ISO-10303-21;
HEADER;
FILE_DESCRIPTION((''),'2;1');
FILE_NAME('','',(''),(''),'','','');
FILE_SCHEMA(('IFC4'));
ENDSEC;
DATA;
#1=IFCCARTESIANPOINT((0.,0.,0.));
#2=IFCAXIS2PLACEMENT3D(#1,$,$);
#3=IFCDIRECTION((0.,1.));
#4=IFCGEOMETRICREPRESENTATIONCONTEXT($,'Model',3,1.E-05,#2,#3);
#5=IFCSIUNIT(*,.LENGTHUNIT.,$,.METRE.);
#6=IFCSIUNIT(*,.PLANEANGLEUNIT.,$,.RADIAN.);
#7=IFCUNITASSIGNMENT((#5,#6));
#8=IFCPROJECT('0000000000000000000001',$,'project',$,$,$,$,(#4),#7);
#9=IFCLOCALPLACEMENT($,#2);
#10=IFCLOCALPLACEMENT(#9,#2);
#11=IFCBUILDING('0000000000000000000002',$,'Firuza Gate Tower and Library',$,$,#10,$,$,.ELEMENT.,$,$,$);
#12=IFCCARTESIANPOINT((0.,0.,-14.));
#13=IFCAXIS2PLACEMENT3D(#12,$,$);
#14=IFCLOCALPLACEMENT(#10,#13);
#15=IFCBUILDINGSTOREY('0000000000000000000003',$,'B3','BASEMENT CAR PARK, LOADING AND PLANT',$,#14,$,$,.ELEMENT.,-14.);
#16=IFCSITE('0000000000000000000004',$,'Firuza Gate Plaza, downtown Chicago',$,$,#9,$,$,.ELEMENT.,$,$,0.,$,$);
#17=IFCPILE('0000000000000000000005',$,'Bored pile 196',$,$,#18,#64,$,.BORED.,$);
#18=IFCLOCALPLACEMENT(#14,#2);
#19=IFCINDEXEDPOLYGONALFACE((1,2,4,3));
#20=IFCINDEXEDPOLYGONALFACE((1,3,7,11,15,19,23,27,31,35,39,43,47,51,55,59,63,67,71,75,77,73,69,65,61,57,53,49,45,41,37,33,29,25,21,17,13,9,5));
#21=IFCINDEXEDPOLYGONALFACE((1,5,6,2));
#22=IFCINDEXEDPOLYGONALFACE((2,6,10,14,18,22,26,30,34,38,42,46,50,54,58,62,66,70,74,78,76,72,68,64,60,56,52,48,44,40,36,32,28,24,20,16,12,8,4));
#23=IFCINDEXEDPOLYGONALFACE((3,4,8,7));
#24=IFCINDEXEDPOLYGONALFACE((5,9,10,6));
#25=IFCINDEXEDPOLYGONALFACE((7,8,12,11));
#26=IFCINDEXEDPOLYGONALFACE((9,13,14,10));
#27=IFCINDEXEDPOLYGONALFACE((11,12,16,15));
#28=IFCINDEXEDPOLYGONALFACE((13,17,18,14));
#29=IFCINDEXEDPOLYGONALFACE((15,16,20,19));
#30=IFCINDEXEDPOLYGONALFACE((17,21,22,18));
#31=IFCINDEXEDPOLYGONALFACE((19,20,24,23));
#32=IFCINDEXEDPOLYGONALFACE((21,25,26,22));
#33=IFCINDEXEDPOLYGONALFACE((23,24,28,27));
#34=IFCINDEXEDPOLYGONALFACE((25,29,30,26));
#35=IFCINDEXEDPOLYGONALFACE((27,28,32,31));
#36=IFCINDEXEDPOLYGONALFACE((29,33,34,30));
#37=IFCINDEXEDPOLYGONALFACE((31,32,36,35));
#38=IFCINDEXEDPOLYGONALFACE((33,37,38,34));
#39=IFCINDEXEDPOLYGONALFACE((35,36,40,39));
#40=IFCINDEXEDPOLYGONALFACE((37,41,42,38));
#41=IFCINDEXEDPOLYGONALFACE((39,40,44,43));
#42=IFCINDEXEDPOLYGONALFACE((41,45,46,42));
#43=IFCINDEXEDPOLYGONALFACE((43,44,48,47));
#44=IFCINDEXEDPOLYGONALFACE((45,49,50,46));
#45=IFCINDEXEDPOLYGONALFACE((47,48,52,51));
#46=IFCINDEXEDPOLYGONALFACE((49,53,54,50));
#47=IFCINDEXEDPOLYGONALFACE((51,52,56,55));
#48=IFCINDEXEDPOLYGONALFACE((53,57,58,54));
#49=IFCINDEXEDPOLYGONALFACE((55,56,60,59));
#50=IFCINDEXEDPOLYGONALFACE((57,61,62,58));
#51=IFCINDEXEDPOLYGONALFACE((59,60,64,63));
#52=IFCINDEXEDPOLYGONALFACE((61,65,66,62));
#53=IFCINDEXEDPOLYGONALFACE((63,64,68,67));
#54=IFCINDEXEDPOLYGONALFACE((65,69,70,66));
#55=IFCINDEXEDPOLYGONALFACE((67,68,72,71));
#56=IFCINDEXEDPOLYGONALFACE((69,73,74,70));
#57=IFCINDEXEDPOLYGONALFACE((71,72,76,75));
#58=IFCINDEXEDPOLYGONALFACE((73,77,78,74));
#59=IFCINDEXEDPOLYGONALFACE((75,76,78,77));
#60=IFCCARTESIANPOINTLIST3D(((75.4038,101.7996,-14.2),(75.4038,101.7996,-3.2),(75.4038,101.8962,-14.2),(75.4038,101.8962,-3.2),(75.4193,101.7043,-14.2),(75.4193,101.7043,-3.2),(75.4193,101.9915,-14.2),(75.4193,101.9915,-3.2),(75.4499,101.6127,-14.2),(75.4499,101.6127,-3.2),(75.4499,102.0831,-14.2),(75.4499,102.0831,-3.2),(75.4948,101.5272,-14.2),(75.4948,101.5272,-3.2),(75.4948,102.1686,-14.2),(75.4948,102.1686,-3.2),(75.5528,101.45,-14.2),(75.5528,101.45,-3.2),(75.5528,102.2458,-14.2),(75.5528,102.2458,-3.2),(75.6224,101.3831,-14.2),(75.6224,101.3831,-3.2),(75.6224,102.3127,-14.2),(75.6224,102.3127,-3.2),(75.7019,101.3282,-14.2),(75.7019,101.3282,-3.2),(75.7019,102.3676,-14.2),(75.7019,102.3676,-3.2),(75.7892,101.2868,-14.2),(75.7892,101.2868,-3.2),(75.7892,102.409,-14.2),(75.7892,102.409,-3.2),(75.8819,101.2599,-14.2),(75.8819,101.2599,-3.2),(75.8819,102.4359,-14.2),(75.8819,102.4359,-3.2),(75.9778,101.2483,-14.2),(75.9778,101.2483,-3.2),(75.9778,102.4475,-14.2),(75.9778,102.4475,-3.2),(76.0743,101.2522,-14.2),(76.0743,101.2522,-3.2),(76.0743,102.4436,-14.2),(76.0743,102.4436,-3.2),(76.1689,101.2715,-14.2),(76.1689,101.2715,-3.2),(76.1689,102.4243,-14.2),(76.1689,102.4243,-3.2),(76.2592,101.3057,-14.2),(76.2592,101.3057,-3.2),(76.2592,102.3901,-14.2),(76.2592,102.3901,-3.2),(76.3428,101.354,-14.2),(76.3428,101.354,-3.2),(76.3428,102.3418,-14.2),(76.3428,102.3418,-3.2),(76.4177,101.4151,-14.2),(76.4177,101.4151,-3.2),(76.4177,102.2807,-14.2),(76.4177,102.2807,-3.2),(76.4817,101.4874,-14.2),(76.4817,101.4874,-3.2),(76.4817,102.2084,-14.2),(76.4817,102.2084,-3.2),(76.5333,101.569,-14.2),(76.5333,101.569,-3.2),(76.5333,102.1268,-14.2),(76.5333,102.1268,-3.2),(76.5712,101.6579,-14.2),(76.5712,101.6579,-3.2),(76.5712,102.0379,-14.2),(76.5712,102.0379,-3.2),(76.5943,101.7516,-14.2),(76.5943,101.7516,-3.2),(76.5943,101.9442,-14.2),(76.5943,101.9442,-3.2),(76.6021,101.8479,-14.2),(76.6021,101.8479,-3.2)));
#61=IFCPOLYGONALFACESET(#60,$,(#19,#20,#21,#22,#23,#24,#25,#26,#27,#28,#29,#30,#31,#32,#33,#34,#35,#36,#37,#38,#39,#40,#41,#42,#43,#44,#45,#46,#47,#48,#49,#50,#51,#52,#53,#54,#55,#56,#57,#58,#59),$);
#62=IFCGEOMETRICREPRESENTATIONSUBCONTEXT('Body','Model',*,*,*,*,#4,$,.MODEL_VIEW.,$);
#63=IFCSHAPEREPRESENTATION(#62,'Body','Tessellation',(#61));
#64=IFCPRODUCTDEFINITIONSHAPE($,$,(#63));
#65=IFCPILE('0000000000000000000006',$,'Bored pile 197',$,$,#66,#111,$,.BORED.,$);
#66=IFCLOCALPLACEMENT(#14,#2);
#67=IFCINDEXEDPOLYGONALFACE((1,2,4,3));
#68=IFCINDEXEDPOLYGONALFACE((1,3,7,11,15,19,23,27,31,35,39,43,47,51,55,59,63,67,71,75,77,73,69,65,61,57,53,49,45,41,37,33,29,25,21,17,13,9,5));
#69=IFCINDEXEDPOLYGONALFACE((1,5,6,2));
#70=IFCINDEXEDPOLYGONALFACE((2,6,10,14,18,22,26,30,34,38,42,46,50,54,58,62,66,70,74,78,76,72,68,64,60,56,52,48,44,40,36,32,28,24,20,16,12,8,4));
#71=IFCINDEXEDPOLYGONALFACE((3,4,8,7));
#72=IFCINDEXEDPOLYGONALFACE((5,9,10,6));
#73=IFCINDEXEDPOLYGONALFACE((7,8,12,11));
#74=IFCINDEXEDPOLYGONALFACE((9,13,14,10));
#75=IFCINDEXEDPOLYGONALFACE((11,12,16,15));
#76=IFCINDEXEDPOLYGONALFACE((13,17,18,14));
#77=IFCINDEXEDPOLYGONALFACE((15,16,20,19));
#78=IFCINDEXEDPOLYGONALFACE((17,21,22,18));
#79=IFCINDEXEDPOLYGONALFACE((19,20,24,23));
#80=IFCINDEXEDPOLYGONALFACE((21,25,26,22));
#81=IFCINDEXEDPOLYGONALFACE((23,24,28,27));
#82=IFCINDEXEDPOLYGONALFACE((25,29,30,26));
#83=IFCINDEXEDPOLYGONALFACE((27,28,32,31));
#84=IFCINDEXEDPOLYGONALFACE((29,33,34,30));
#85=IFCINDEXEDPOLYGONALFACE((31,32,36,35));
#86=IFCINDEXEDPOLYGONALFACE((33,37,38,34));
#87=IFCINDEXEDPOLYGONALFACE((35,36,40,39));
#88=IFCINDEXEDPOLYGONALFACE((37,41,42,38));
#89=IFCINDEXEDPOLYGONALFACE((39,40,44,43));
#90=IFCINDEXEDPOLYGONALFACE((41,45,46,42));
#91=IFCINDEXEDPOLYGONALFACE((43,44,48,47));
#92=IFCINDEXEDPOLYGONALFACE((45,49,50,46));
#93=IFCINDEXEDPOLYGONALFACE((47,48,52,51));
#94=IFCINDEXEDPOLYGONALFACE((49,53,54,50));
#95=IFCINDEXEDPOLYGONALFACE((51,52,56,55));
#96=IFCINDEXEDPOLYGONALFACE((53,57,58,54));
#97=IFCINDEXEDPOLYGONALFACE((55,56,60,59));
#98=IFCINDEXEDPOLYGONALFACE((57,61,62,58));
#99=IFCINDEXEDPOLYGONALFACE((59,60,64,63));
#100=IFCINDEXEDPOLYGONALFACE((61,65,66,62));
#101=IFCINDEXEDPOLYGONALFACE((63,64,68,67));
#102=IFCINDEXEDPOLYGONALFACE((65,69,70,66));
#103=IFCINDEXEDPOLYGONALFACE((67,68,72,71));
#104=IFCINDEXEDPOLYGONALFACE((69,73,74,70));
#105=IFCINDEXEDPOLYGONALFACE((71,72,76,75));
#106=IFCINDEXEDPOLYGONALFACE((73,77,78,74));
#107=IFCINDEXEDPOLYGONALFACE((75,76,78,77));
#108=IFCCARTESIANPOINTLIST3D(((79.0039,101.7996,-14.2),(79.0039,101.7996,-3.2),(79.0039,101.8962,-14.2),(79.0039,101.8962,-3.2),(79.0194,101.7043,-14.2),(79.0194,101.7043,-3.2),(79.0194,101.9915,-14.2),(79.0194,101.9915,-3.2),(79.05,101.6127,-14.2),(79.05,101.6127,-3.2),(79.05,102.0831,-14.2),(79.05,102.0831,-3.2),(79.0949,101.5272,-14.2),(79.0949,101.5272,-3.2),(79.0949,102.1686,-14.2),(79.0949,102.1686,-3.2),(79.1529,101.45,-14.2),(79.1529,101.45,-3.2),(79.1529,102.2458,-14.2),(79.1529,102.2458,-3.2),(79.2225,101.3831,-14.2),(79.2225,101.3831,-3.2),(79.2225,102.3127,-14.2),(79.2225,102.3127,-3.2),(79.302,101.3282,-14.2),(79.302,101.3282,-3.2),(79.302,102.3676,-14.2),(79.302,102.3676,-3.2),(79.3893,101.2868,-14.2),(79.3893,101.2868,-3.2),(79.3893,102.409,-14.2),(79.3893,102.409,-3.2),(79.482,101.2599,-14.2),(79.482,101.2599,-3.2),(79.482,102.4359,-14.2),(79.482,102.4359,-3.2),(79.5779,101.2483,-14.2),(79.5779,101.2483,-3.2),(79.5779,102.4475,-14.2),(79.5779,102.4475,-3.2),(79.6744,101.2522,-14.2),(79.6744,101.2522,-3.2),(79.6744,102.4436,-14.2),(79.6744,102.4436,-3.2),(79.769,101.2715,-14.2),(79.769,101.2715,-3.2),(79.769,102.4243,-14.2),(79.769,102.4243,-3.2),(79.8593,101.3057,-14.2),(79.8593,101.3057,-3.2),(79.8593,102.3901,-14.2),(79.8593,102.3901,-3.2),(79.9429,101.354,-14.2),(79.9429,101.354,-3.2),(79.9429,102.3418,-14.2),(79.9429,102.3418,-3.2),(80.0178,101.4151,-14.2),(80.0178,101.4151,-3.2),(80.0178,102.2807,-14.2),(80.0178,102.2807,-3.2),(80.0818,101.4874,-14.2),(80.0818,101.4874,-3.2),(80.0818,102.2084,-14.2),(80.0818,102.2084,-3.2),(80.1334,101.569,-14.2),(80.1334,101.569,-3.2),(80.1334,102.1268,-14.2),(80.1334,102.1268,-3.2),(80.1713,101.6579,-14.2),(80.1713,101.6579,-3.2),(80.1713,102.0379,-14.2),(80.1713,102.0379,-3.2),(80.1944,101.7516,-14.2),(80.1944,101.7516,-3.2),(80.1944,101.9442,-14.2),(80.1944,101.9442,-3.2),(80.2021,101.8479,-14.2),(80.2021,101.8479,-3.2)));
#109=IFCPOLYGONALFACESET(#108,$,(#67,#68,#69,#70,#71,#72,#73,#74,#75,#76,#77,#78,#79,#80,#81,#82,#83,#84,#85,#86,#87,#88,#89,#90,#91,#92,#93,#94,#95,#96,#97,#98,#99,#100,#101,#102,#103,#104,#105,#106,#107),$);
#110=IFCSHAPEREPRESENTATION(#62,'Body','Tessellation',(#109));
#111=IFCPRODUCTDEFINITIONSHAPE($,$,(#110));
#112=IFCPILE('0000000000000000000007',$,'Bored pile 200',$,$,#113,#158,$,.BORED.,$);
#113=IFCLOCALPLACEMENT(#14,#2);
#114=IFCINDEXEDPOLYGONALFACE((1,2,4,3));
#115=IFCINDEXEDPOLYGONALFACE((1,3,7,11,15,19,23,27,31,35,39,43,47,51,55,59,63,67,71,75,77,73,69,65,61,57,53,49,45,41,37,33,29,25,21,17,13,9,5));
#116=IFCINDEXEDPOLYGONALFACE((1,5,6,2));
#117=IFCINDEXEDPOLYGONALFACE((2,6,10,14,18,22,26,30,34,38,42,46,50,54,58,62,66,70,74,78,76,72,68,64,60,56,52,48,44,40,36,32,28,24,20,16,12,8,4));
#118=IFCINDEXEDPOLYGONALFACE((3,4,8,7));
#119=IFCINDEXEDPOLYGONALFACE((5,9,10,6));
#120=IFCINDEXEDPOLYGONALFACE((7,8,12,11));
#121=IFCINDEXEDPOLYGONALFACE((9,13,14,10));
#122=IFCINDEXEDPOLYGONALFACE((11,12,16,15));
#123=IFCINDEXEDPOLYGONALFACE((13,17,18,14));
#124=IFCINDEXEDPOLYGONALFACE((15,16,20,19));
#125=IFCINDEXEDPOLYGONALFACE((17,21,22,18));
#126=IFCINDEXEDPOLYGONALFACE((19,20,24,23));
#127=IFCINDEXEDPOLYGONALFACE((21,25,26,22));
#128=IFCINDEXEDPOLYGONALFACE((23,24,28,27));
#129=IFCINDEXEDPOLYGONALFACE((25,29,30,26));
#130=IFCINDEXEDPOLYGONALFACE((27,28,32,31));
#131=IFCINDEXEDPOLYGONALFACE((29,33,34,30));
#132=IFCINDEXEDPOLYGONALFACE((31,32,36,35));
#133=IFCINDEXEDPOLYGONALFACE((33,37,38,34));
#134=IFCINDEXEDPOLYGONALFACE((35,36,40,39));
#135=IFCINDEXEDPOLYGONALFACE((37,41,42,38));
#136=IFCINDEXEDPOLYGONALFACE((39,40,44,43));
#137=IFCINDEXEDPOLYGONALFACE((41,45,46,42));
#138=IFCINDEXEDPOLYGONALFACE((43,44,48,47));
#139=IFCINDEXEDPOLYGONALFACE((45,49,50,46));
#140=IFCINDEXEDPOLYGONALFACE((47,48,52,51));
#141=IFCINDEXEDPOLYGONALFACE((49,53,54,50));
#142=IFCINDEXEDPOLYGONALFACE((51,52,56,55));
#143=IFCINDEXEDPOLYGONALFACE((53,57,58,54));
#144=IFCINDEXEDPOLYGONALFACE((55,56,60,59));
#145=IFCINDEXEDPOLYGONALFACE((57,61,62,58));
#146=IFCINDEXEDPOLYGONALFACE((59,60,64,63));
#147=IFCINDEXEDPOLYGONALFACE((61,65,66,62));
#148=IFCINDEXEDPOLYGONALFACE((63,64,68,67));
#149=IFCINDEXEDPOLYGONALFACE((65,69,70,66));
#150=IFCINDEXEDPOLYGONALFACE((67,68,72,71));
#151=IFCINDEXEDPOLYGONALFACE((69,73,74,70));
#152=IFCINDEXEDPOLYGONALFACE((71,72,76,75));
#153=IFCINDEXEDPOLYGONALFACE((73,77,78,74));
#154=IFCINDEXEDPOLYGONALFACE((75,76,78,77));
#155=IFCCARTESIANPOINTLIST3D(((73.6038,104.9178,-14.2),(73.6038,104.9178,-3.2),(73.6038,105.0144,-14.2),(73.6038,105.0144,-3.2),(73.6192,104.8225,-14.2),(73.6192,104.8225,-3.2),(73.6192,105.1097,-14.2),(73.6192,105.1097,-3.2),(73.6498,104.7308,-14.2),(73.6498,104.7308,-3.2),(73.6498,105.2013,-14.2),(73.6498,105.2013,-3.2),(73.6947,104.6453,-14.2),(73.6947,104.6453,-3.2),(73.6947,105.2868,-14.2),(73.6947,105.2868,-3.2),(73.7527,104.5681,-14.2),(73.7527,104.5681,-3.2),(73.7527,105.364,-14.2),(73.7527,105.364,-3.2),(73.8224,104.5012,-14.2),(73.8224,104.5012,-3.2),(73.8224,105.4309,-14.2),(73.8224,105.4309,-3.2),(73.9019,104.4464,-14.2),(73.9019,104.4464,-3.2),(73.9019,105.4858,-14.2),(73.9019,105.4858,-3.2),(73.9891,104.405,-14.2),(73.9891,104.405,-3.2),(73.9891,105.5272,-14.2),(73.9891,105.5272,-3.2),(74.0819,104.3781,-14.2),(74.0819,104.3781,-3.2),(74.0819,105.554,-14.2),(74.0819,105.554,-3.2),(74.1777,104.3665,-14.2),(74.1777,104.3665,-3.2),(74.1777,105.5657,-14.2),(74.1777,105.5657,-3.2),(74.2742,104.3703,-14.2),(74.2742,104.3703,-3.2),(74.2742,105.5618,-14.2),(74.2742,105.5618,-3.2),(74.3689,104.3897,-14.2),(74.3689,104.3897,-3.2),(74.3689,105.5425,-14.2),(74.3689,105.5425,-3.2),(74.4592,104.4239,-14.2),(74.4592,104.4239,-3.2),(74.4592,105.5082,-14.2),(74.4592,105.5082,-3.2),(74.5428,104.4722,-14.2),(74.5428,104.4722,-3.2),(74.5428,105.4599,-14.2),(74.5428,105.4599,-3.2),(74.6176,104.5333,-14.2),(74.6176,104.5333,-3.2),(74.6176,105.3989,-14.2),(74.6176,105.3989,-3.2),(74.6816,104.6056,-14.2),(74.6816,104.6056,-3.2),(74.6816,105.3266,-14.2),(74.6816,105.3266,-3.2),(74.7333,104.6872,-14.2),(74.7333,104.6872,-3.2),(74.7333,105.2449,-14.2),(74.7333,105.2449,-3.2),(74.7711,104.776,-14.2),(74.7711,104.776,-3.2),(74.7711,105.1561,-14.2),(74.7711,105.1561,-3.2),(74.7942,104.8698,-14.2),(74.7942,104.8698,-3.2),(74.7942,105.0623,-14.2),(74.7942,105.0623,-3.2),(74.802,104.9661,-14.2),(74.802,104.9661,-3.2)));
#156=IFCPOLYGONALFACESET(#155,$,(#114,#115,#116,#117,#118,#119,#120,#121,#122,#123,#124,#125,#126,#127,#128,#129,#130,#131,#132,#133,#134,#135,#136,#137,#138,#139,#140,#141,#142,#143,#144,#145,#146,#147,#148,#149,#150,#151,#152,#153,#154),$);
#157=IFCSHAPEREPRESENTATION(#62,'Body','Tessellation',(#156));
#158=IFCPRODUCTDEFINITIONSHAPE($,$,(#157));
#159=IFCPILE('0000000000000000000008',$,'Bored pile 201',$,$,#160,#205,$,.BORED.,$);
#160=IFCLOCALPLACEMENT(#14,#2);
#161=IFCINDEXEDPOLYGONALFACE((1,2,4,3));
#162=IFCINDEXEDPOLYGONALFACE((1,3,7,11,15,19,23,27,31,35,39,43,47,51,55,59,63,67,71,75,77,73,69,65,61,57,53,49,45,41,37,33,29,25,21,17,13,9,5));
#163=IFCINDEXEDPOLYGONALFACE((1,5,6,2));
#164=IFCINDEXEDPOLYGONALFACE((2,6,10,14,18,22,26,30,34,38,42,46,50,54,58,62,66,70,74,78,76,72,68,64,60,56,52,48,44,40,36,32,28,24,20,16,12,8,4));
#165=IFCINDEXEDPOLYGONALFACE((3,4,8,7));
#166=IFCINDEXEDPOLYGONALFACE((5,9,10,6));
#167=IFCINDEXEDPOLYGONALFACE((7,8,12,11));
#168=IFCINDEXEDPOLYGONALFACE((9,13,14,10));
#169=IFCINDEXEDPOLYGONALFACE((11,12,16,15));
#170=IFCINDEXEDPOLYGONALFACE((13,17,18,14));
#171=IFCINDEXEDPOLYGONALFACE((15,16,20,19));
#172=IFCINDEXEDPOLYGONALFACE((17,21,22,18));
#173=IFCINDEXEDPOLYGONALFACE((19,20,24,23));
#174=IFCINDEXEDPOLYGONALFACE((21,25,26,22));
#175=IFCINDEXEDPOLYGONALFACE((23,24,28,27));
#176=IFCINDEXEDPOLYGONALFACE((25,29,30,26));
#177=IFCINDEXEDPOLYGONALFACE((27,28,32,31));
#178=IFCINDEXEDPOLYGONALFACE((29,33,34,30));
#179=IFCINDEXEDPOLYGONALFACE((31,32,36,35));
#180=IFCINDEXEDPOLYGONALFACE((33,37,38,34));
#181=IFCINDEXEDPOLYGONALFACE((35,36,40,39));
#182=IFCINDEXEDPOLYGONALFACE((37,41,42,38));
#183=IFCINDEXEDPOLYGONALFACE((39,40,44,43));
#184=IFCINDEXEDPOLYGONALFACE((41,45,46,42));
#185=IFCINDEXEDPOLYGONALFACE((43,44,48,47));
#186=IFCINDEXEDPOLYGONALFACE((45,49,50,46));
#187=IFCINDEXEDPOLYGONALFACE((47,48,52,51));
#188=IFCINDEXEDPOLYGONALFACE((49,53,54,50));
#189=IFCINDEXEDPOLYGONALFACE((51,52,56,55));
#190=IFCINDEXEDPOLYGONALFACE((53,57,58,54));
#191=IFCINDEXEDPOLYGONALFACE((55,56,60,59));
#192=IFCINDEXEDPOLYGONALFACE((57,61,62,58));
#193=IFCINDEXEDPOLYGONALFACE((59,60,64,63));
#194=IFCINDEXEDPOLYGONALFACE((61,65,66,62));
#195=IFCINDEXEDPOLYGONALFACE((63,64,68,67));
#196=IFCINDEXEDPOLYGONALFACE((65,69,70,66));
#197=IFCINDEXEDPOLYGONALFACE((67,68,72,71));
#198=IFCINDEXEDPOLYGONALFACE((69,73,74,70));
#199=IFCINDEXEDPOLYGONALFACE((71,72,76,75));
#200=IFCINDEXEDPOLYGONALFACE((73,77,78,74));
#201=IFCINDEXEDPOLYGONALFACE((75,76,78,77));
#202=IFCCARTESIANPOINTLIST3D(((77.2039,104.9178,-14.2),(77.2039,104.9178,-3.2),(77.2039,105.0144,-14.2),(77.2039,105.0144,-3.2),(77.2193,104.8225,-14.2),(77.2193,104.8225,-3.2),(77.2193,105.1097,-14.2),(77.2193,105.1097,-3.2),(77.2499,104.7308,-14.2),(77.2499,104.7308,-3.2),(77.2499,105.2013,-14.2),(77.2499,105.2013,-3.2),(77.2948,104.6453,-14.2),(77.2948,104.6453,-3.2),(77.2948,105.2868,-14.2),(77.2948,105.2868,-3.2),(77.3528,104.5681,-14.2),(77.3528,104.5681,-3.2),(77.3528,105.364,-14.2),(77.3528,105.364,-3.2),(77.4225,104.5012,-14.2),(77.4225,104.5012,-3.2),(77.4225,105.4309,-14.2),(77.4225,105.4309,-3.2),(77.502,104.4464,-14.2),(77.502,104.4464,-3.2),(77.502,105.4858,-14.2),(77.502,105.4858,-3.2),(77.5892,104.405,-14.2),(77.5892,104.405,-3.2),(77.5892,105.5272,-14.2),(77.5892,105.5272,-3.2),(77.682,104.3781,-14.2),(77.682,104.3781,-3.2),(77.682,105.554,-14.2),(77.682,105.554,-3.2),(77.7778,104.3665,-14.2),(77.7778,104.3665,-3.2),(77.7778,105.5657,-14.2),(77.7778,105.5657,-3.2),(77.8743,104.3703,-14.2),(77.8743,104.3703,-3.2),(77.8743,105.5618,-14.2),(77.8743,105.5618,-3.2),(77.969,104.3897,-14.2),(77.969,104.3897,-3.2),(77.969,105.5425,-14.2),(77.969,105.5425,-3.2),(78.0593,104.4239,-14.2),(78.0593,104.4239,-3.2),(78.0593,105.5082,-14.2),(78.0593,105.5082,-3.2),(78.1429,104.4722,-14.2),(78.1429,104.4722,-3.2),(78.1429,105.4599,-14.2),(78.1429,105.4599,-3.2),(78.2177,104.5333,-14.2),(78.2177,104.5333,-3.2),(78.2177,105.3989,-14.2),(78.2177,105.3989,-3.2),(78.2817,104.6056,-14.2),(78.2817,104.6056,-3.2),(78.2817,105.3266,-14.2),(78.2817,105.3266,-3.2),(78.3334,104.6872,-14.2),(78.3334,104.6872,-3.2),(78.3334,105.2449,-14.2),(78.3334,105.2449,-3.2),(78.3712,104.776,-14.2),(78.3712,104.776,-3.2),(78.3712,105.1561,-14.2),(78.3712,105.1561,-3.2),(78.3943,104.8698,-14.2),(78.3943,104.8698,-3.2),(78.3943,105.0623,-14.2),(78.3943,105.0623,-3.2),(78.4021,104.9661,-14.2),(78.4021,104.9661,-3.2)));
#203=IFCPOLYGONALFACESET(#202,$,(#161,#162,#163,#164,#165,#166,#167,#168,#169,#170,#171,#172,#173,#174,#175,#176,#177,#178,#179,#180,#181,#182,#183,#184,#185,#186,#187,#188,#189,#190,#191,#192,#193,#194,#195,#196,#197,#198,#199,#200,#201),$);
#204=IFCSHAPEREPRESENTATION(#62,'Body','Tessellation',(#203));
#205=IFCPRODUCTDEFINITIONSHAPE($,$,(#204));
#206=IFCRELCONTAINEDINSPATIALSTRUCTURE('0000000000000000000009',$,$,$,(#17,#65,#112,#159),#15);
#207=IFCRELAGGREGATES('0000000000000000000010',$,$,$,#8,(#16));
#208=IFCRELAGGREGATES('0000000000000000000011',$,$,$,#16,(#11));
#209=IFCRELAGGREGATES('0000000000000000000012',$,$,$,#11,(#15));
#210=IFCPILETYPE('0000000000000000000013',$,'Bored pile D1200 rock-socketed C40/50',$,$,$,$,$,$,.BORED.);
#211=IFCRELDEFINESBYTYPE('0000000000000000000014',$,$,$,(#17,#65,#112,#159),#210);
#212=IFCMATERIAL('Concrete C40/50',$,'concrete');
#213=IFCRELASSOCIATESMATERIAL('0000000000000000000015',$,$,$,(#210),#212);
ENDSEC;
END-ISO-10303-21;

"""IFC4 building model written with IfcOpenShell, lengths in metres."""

from ifc_helpers import new_model, si_unit, direction, frame, origin, origin_2d, place, context, subcontext, project, spatial, circle, extrude, material, material_profile, profile_set, type_object, element, save


model = new_model("IFC4")

# Units and contexts
model_context = context("Model", 3, precision=1e-05, world=origin(), true_north=direction((0.0, 1.0)))
body_context = subcontext(model_context, "Body", "Model", "MODEL_VIEW")
ifc_project = project(units=[si_unit("LENGTHUNIT", "METRE"), si_unit("PLANEANGLEUNIT", "RADIAN")], contexts=[model_context])

# Site, building, storey
site_placement = place(None, origin())
site = spatial("IfcSite", under=ifc_project, at=site_placement, Name="Firuza Gate Plaza, downtown Chicago", CompositionType="ELEMENT", RefElevation=0.0)
building_placement = place(site_placement, origin())
building = spatial("IfcBuilding", under=site, at=building_placement, Name="Firuza Gate Tower and Library", CompositionType="ELEMENT")
storey_placement = place(building_placement, frame((0.0, 0.0, -14.0)))
storey = spatial("IfcBuildingStorey", under=building, at=storey_placement, Name="B3", Description="BASEMENT CAR PARK, LOADING AND PLANT", CompositionType="ELEMENT", Elevation=-14.0)

# Piles
ifc_material_1 = material(Name="Concrete C40/50", Category="concrete")
ifc_material_profile_1 = material_profile(ifc_material_1, circle(Radius=0.6001, at=origin_2d()))
ifc_profile_set_1 = profile_set([ifc_material_profile_1], Name="Concrete C40/50")
pile_type = type_object("IfcPileType", Name="Bored pile D1200 rock-socketed C40/50", PredefinedType="BORED", material=ifc_profile_set_1)
for number, where, z_axis, x_axis, name in (
    (1, (76.002, 101.8479, -3.2), (0.0, 0.0, -1.0), (1.0, 0.0, 0.0), "Bored pile 196"),
    (2, (79.6021, 101.8479, -3.2), (0.0, 0.0, -1.0), (1.0, 0.0, 0.0), "Bored pile 197"),
    (3, (74.2019, 104.9661, -3.2), (0.0, 0.0, -1.0), (1.0, 0.0, 0.0), "Bored pile 200"),
    (4, (77.802, 104.9661, -3.2), (0.0, 0.0, -1.0), (1.0, 0.0, 0.0), "Bored pile 201"),
):
    element("IfcPile", number, at=place(storey_placement, frame(where, z_axis=z_axis, x_axis=x_axis)), inside=storey, type_object=pile_type, Name=name, PredefinedType="BORED", context=body_context, shape_type="SweptSolid", body=[
        extrude(circle(Radius=0.6001, at=origin_2d()), origin(), (0.0, 0.0, 1.0), 11.0),
    ])

save(model, "model.ifc")
